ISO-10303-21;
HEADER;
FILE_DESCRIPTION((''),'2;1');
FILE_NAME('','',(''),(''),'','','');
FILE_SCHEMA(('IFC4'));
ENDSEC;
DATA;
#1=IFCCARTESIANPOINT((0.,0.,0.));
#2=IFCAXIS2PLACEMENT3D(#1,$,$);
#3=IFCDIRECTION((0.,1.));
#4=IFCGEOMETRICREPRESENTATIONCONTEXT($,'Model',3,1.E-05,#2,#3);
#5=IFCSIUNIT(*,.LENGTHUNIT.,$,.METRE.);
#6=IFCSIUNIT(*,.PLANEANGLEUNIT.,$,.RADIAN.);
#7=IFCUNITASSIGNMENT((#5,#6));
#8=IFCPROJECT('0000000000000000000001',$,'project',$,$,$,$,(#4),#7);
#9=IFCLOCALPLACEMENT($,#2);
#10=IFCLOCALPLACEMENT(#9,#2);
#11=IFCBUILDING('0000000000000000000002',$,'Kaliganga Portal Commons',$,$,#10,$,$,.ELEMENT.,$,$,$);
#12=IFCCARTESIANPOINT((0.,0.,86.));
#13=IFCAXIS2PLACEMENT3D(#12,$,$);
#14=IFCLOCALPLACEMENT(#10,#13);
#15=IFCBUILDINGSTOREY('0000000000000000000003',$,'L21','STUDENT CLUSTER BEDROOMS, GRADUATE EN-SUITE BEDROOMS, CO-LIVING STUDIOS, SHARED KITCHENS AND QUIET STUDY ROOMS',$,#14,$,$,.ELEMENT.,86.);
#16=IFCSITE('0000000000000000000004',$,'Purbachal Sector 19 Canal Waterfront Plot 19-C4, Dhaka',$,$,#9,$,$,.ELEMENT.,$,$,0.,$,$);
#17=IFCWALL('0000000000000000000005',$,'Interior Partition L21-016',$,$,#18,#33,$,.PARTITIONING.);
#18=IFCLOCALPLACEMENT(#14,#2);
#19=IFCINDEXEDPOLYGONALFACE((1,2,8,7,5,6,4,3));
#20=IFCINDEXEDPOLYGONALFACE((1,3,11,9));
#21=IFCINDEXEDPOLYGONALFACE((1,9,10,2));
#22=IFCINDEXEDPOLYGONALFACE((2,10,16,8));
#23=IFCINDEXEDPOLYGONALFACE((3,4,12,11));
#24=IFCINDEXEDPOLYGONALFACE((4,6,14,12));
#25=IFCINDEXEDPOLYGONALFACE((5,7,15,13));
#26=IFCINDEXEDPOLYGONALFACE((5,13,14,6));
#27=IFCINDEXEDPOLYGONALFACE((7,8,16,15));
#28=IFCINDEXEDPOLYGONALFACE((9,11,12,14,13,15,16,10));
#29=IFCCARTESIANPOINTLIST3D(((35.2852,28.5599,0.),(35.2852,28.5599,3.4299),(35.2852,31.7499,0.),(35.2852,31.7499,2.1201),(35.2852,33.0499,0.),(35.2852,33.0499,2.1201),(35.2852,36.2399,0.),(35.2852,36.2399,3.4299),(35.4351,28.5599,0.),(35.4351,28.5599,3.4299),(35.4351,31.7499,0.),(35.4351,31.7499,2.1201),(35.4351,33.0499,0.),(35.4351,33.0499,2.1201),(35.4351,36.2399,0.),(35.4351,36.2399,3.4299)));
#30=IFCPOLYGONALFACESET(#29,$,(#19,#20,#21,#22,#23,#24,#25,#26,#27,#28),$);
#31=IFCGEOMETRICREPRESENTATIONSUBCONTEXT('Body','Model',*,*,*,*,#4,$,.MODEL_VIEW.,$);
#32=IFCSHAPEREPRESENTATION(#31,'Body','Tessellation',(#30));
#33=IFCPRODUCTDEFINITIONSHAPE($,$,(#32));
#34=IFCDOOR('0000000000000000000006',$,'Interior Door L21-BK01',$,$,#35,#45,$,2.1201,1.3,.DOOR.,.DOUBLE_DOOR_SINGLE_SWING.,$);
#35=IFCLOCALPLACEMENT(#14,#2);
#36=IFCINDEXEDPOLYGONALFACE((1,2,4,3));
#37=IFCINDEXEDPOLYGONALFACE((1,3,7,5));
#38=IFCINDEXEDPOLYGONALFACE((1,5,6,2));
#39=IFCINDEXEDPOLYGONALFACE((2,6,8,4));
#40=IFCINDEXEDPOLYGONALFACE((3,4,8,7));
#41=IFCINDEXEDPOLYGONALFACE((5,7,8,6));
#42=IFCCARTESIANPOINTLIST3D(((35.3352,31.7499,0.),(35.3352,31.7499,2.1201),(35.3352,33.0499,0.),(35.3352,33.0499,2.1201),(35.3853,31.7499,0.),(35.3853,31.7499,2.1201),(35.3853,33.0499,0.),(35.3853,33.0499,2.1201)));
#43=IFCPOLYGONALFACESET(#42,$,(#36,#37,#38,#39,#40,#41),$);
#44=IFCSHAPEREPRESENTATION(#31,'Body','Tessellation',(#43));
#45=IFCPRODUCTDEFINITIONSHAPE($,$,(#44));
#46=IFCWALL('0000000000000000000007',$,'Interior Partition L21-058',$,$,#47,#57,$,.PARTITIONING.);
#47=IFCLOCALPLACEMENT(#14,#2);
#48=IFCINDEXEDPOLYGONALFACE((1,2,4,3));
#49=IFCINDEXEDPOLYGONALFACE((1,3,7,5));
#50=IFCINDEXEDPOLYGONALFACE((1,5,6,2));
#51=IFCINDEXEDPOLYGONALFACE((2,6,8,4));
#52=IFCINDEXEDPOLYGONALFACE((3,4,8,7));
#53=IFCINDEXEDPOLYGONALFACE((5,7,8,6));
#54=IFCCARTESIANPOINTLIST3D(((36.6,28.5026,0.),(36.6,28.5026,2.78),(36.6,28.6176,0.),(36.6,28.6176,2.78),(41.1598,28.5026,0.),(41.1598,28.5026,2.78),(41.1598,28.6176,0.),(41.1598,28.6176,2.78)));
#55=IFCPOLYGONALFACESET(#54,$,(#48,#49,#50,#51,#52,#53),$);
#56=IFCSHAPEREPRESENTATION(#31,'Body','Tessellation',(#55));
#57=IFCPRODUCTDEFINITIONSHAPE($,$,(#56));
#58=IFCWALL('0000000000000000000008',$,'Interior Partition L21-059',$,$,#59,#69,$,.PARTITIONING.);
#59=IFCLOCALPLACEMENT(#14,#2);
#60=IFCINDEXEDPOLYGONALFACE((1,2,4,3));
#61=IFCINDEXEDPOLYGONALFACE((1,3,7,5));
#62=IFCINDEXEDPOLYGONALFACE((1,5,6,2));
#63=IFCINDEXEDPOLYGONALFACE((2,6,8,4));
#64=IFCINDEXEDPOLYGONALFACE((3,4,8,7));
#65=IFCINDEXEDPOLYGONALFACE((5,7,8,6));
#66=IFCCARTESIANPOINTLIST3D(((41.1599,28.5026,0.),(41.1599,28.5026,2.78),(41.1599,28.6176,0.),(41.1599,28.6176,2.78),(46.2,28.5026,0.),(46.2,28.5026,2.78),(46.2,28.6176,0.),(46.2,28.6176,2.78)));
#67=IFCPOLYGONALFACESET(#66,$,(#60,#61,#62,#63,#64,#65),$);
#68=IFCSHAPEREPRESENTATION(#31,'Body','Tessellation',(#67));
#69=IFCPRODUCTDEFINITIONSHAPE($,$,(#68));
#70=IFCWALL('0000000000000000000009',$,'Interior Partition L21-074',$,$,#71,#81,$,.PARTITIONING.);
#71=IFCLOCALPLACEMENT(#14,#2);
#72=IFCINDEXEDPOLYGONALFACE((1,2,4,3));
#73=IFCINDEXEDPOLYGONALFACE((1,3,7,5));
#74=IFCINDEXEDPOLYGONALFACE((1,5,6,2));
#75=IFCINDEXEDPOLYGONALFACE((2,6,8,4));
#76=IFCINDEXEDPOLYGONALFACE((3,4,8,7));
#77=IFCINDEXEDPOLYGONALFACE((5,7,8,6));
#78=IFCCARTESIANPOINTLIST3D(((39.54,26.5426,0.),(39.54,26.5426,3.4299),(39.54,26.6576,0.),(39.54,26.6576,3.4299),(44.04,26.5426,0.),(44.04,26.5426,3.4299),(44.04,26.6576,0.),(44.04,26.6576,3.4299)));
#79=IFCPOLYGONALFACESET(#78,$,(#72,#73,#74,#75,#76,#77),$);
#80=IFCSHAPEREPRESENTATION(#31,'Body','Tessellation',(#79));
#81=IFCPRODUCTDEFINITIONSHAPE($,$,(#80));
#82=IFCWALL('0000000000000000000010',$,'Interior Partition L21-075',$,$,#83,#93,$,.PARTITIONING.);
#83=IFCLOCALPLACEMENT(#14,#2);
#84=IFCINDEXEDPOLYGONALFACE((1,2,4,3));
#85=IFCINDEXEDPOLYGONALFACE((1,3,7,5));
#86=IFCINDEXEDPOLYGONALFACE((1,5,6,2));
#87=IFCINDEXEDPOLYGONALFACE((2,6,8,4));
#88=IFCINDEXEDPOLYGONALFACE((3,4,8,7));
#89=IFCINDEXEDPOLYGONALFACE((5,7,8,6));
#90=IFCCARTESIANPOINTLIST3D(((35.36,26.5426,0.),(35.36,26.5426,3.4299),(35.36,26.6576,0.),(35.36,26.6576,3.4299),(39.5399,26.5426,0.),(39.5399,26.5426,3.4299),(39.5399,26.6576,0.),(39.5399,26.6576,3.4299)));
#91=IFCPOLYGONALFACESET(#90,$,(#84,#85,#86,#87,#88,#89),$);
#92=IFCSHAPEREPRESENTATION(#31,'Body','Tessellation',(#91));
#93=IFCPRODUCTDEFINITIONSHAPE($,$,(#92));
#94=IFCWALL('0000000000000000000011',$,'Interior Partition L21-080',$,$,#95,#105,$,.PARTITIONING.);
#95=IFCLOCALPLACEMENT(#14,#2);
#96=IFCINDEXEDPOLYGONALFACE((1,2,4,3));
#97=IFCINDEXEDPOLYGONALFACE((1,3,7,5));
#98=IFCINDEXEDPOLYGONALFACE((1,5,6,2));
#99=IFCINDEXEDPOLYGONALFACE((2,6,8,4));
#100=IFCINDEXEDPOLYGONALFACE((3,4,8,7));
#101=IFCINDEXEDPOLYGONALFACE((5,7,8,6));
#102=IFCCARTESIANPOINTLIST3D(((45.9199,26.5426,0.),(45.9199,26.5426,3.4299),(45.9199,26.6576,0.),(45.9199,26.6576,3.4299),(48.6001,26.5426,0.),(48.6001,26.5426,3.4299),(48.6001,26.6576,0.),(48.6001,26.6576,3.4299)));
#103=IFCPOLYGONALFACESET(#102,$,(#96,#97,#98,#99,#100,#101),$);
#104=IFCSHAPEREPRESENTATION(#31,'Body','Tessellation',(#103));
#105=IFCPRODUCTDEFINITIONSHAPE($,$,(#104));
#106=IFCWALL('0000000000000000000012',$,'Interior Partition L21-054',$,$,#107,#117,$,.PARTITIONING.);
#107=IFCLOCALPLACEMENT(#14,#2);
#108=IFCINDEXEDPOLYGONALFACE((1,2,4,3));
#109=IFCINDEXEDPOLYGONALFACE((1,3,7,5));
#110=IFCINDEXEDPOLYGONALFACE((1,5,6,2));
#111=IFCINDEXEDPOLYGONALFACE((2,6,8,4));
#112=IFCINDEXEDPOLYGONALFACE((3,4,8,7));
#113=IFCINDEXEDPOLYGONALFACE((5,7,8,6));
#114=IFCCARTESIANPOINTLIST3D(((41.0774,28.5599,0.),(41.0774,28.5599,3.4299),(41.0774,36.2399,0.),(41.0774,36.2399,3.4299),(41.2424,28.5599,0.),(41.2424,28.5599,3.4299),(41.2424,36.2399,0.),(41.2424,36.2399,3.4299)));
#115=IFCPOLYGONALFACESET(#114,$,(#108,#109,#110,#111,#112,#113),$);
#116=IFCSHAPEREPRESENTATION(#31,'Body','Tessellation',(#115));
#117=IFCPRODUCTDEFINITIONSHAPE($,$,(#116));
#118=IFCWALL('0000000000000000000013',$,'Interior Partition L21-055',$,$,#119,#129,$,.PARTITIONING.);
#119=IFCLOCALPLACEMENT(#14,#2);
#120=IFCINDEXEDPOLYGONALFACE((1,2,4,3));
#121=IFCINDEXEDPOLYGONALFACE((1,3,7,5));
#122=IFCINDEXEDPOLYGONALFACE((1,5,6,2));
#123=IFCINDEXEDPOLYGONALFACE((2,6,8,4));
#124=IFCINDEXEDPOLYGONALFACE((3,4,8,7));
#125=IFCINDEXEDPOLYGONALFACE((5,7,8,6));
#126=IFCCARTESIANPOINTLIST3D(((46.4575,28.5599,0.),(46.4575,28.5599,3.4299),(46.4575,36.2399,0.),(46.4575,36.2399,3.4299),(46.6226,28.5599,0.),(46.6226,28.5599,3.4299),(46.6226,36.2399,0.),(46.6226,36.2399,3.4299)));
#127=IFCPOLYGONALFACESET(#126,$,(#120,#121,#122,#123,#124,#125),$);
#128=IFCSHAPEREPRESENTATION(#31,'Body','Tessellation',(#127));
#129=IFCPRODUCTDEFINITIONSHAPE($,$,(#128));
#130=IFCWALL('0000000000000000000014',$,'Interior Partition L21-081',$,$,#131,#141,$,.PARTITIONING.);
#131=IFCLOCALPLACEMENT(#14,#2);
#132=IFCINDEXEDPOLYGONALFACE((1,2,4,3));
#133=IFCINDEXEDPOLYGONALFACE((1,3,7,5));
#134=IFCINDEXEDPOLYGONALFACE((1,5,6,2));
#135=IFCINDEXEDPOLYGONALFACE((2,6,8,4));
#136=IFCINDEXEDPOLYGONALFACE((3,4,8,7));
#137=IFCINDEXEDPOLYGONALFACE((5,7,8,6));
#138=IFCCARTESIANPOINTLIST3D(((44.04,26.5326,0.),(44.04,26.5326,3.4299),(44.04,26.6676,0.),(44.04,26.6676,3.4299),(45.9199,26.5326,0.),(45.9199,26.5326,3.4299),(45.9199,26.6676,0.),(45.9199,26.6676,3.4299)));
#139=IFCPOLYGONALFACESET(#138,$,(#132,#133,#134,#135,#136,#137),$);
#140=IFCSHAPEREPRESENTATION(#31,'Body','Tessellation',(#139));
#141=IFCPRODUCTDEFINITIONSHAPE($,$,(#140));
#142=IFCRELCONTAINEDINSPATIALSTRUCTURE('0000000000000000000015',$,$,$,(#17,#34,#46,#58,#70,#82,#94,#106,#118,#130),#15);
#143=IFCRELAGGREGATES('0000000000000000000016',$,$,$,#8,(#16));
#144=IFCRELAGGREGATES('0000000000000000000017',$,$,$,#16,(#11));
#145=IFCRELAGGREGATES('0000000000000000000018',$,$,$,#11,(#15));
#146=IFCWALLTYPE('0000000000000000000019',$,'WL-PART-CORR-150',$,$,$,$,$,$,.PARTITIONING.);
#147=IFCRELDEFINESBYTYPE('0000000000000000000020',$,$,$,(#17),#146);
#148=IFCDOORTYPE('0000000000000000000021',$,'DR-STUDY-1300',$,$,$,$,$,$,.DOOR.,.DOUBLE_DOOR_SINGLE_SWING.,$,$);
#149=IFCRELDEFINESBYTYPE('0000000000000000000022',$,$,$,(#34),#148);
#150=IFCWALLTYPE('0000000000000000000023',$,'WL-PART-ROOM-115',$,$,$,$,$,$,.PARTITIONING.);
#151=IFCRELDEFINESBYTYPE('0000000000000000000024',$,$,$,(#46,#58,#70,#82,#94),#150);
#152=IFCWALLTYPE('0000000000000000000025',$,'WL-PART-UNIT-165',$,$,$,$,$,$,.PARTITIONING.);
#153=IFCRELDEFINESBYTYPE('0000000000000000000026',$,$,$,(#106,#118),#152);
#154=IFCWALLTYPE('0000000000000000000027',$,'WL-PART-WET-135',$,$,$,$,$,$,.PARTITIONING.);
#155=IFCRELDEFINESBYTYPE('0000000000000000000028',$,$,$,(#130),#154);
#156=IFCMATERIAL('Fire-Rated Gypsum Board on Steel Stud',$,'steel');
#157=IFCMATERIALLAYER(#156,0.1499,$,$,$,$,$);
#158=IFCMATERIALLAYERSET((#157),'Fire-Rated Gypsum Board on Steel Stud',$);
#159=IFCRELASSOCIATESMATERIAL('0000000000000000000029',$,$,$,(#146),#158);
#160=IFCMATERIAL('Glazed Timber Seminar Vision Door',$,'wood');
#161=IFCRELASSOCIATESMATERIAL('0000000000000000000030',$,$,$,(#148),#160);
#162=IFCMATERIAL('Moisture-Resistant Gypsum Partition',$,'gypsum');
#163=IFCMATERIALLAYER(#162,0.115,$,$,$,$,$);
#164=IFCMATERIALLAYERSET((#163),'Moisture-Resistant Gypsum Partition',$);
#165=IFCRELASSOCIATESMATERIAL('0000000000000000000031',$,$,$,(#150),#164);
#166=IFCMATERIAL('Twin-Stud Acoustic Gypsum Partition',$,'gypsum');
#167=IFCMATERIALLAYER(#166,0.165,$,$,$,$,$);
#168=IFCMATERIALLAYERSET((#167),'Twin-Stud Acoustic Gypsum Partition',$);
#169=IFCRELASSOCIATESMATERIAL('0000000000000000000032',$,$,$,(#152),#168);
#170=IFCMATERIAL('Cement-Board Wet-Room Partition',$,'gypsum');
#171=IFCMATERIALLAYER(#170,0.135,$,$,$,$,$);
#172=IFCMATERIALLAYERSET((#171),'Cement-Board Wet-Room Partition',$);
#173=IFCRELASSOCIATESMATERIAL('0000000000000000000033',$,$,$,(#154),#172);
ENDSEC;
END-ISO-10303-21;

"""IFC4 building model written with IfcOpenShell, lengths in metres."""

from ifc_helpers import new_model, si_unit, direction, frame, frame_2d, origin, place, context, subcontext, project, spatial, rectangle, extrude, material, layer, layer_set, type_object, element, fill, save


model = new_model("IFC4")

# Units and contexts
model_context = context("Model", 3, precision=1e-05, world=origin(), true_north=direction((0.0, 1.0)))
body_context = subcontext(model_context, "Body", "Model", "MODEL_VIEW")
ifc_project = project(units=[si_unit("LENGTHUNIT", "METRE"), si_unit("PLANEANGLEUNIT", "RADIAN")], contexts=[model_context])

# Site, building, storey
site_placement = place(None, origin())
site = spatial("IfcSite", under=ifc_project, at=site_placement, Name="Purbachal Sector 19 Canal Waterfront Plot 19-C4, Dhaka", CompositionType="ELEMENT", RefElevation=0.0)
building_placement = place(site_placement, origin())
building = spatial("IfcBuilding", under=site, at=building_placement, Name="Kaliganga Portal Commons", CompositionType="ELEMENT")
storey_placement = place(building_placement, frame((0.0, 0.0, 86.0)))
storey = spatial("IfcBuildingStorey", under=building, at=storey_placement, Name="L21", Description="STUDENT CLUSTER BEDROOMS, GRADUATE EN-SUITE BEDROOMS, CO-LIVING STUDIOS, SHARED KITCHENS AND QUIET STUDY ROOMS", CompositionType="ELEMENT", Elevation=86.0)

# Wall, opening, door
ifc_material_1 = material(Name="Fire-Rated Gypsum Board on Steel Stud", Category="steel")
ifc_layer_1 = layer(ifc_material_1, 0.1499)
ifc_layer_set_1 = layer_set([ifc_layer_1], Name="Fire-Rated Gypsum Board on Steel Stud")
wall_type_1 = type_object("IfcWallType", Name="WL-PART-CORR-150", PredefinedType="PARTITIONING", material=ifc_layer_set_1)
wall_1_placement = place(storey_placement, frame((35.3601, 28.5601, 0.0), z_axis=(0.0, 0.0, 1.0), x_axis=(0.0, 1.0, 0.0)))
wall_1 = element("IfcWall", 1, at=wall_1_placement, inside=storey, type_object=wall_type_1, Name="Interior Partition L21-016", PredefinedType="PARTITIONING", context=body_context, shape_type="SweptSolid", body=[
    extrude(rectangle(XDim=7.6799, YDim=0.1499, at=frame_2d((3.8398, 0.0))), origin(), (0.0, 0.0, 1.0), 3.4299),
])
opening_placement = place(wall_1_placement, frame((3.1899, 0.0, 0.0)))
opening = element("IfcOpeningElement", 2, at=opening_placement, cuts=wall_1, PredefinedType="OPENING", context=body_context, shape_type="SweptSolid", body=[
    extrude(rectangle(XDim=1.3, YDim=2.1201, at=frame_2d((0.6499, 1.0601))), frame((0.0, 0.085, 0.0), z_axis=(0.0, -1.0, 0.0), x_axis=(1.0, 0.0, 0.0)), (0.0, 0.0, 1.0), 0.1699),
])
ifc_material_2 = material(Name="Glazed Timber Seminar Vision Door", Category="wood")
door_type = type_object("IfcDoorType", Name="DR-STUDY-1300", OperationType="DOUBLE_DOOR_SINGLE_SWING", PredefinedType="DOOR", material=ifc_material_2)
door_placement = place(opening_placement, origin())
door = element("IfcDoor", 3, at=door_placement, inside=storey, type_object=door_type, Name="Interior Door L21-BK01", OperationType="DOUBLE_DOOR_SINGLE_SWING", OverallHeight=2.1201, OverallWidth=1.3, PredefinedType="DOOR", context=body_context, shape_type="SweptSolid", body=[
    extrude(rectangle(XDim=1.3, YDim=2.1201, at=frame_2d((0.6499, 1.0601))), frame((0.0, 0.0249, 0.0), z_axis=(0.0, -1.0, 0.0), x_axis=(1.0, 0.0, 0.0)), (0.0, 0.0, 1.0), 0.05),
])
fill(opening, door)

# Walls
ifc_material_3 = material(Name="Moisture-Resistant Gypsum Partition", Category="gypsum")
ifc_layer_2 = layer(ifc_material_3, 0.115)
ifc_layer_set_2 = layer_set([ifc_layer_2], Name="Moisture-Resistant Gypsum Partition")
wall_type_2 = type_object("IfcWallType", Name="WL-PART-ROOM-115", PredefinedType="PARTITIONING", material=ifc_layer_set_2)
wall_2_placement = place(storey_placement, frame((36.6001, 28.5601, 0.0), z_axis=(0.0, 0.0, 1.0), x_axis=(1.0, 0.0, 0.0)))
element("IfcWall", 4, at=wall_2_placement, inside=storey, type_object=wall_type_2, Name="Interior Partition L21-058", PredefinedType="PARTITIONING", context=body_context, shape_type="SweptSolid", body=[
    extrude(rectangle(XDim=4.5598, YDim=0.115, at=frame_2d((2.2798, 0.0))), origin(), (0.0, 0.0, 1.0), 2.78),
])
wall_3_placement = place(storey_placement, frame((41.1599, 28.5601, 0.0), z_axis=(0.0, 0.0, 1.0), x_axis=(1.0, 0.0, 0.0)))
element("IfcWall", 5, at=wall_3_placement, inside=storey, type_object=wall_type_2, Name="Interior Partition L21-059", PredefinedType="PARTITIONING", context=body_context, shape_type="SweptSolid", body=[
    extrude(rectangle(XDim=5.04, YDim=0.115, at=frame_2d((2.52, 0.0))), origin(), (0.0, 0.0, 1.0), 2.78),
])
wall_4_placement = place(storey_placement, frame((39.54, 26.6001, 0.0), z_axis=(0.0, 0.0, 1.0), x_axis=(1.0, 0.0, 0.0)))
element("IfcWall", 6, at=wall_4_placement, inside=storey, type_object=wall_type_2, Name="Interior Partition L21-074", PredefinedType="PARTITIONING", context=body_context, shape_type="SweptSolid", body=[
    extrude(rectangle(XDim=4.5, YDim=0.115, at=frame_2d((2.25, 0.0))), origin(), (0.0, 0.0, 1.0), 3.4299),
])
wall_5_placement = place(storey_placement, frame((35.3601, 26.6001, 0.0), z_axis=(0.0, 0.0, 1.0), x_axis=(1.0, 0.0, 0.0)))
element("IfcWall", 7, at=wall_5_placement, inside=storey, type_object=wall_type_2, Name="Interior Partition L21-075", PredefinedType="PARTITIONING", context=body_context, shape_type="SweptSolid", body=[
    extrude(rectangle(XDim=4.1799, YDim=0.115, at=frame_2d((2.0898, 0.0))), origin(), (0.0, 0.0, 1.0), 3.4299),
])
wall_6_placement = place(storey_placement, frame((45.9199, 26.6001, 0.0), z_axis=(0.0, 0.0, 1.0), x_axis=(1.0, 0.0, 0.0)))
element("IfcWall", 8, at=wall_6_placement, inside=storey, type_object=wall_type_2, Name="Interior Partition L21-080", PredefinedType="PARTITIONING", context=body_context, shape_type="SweptSolid", body=[
    extrude(rectangle(XDim=2.6802, YDim=0.115, at=frame_2d((1.3401, 0.0))), origin(), (0.0, 0.0, 1.0), 3.4299),
])
ifc_material_4 = material(Name="Twin-Stud Acoustic Gypsum Partition", Category="gypsum")
ifc_layer_3 = layer(ifc_material_4, 0.165)
ifc_layer_set_3 = layer_set([ifc_layer_3], Name="Twin-Stud Acoustic Gypsum Partition")
wall_type_3 = type_object("IfcWallType", Name="WL-PART-UNIT-165", PredefinedType="PARTITIONING", material=ifc_layer_set_3)
for number, where, z_axis, x_axis, name in (
    (9, (41.1599, 28.5601, 0.0), (0.0, 0.0, 1.0), (0.0, 1.0, 0.0), "Interior Partition L21-054"),
    (10, (46.54, 28.5601, 0.0), (0.0, 0.0, 1.0), (0.0, 1.0, 0.0), "Interior Partition L21-055"),
):
    element("IfcWall", number, at=place(storey_placement, frame(where, z_axis=z_axis, x_axis=x_axis)), inside=storey, type_object=wall_type_3, Name=name, PredefinedType="PARTITIONING", context=body_context, shape_type="SweptSolid", body=[
        extrude(rectangle(XDim=7.6799, YDim=0.165, at=frame_2d((3.8398, 0.0))), origin(), (0.0, 0.0, 1.0), 3.4299),
    ])
ifc_material_5 = material(Name="Cement-Board Wet-Room Partition", Category="gypsum")
ifc_layer_4 = layer(ifc_material_5, 0.135)
ifc_layer_set_4 = layer_set([ifc_layer_4], Name="Cement-Board Wet-Room Partition")
wall_type_4 = type_object("IfcWallType", Name="WL-PART-WET-135", PredefinedType="PARTITIONING", material=ifc_layer_set_4)
wall_7_placement = place(storey_placement, frame((44.04, 26.6001, 0.0), z_axis=(0.0, 0.0, 1.0), x_axis=(1.0, 0.0, 0.0)))
element("IfcWall", 11, at=wall_7_placement, inside=storey, type_object=wall_type_4, Name="Interior Partition L21-081", PredefinedType="PARTITIONING", context=body_context, shape_type="SweptSolid", body=[
    extrude(rectangle(XDim=1.8799, YDim=0.135, at=frame_2d((0.9399, 0.0))), origin(), (0.0, 0.0, 1.0), 3.4299),
])

save(model, "model.ifc")
